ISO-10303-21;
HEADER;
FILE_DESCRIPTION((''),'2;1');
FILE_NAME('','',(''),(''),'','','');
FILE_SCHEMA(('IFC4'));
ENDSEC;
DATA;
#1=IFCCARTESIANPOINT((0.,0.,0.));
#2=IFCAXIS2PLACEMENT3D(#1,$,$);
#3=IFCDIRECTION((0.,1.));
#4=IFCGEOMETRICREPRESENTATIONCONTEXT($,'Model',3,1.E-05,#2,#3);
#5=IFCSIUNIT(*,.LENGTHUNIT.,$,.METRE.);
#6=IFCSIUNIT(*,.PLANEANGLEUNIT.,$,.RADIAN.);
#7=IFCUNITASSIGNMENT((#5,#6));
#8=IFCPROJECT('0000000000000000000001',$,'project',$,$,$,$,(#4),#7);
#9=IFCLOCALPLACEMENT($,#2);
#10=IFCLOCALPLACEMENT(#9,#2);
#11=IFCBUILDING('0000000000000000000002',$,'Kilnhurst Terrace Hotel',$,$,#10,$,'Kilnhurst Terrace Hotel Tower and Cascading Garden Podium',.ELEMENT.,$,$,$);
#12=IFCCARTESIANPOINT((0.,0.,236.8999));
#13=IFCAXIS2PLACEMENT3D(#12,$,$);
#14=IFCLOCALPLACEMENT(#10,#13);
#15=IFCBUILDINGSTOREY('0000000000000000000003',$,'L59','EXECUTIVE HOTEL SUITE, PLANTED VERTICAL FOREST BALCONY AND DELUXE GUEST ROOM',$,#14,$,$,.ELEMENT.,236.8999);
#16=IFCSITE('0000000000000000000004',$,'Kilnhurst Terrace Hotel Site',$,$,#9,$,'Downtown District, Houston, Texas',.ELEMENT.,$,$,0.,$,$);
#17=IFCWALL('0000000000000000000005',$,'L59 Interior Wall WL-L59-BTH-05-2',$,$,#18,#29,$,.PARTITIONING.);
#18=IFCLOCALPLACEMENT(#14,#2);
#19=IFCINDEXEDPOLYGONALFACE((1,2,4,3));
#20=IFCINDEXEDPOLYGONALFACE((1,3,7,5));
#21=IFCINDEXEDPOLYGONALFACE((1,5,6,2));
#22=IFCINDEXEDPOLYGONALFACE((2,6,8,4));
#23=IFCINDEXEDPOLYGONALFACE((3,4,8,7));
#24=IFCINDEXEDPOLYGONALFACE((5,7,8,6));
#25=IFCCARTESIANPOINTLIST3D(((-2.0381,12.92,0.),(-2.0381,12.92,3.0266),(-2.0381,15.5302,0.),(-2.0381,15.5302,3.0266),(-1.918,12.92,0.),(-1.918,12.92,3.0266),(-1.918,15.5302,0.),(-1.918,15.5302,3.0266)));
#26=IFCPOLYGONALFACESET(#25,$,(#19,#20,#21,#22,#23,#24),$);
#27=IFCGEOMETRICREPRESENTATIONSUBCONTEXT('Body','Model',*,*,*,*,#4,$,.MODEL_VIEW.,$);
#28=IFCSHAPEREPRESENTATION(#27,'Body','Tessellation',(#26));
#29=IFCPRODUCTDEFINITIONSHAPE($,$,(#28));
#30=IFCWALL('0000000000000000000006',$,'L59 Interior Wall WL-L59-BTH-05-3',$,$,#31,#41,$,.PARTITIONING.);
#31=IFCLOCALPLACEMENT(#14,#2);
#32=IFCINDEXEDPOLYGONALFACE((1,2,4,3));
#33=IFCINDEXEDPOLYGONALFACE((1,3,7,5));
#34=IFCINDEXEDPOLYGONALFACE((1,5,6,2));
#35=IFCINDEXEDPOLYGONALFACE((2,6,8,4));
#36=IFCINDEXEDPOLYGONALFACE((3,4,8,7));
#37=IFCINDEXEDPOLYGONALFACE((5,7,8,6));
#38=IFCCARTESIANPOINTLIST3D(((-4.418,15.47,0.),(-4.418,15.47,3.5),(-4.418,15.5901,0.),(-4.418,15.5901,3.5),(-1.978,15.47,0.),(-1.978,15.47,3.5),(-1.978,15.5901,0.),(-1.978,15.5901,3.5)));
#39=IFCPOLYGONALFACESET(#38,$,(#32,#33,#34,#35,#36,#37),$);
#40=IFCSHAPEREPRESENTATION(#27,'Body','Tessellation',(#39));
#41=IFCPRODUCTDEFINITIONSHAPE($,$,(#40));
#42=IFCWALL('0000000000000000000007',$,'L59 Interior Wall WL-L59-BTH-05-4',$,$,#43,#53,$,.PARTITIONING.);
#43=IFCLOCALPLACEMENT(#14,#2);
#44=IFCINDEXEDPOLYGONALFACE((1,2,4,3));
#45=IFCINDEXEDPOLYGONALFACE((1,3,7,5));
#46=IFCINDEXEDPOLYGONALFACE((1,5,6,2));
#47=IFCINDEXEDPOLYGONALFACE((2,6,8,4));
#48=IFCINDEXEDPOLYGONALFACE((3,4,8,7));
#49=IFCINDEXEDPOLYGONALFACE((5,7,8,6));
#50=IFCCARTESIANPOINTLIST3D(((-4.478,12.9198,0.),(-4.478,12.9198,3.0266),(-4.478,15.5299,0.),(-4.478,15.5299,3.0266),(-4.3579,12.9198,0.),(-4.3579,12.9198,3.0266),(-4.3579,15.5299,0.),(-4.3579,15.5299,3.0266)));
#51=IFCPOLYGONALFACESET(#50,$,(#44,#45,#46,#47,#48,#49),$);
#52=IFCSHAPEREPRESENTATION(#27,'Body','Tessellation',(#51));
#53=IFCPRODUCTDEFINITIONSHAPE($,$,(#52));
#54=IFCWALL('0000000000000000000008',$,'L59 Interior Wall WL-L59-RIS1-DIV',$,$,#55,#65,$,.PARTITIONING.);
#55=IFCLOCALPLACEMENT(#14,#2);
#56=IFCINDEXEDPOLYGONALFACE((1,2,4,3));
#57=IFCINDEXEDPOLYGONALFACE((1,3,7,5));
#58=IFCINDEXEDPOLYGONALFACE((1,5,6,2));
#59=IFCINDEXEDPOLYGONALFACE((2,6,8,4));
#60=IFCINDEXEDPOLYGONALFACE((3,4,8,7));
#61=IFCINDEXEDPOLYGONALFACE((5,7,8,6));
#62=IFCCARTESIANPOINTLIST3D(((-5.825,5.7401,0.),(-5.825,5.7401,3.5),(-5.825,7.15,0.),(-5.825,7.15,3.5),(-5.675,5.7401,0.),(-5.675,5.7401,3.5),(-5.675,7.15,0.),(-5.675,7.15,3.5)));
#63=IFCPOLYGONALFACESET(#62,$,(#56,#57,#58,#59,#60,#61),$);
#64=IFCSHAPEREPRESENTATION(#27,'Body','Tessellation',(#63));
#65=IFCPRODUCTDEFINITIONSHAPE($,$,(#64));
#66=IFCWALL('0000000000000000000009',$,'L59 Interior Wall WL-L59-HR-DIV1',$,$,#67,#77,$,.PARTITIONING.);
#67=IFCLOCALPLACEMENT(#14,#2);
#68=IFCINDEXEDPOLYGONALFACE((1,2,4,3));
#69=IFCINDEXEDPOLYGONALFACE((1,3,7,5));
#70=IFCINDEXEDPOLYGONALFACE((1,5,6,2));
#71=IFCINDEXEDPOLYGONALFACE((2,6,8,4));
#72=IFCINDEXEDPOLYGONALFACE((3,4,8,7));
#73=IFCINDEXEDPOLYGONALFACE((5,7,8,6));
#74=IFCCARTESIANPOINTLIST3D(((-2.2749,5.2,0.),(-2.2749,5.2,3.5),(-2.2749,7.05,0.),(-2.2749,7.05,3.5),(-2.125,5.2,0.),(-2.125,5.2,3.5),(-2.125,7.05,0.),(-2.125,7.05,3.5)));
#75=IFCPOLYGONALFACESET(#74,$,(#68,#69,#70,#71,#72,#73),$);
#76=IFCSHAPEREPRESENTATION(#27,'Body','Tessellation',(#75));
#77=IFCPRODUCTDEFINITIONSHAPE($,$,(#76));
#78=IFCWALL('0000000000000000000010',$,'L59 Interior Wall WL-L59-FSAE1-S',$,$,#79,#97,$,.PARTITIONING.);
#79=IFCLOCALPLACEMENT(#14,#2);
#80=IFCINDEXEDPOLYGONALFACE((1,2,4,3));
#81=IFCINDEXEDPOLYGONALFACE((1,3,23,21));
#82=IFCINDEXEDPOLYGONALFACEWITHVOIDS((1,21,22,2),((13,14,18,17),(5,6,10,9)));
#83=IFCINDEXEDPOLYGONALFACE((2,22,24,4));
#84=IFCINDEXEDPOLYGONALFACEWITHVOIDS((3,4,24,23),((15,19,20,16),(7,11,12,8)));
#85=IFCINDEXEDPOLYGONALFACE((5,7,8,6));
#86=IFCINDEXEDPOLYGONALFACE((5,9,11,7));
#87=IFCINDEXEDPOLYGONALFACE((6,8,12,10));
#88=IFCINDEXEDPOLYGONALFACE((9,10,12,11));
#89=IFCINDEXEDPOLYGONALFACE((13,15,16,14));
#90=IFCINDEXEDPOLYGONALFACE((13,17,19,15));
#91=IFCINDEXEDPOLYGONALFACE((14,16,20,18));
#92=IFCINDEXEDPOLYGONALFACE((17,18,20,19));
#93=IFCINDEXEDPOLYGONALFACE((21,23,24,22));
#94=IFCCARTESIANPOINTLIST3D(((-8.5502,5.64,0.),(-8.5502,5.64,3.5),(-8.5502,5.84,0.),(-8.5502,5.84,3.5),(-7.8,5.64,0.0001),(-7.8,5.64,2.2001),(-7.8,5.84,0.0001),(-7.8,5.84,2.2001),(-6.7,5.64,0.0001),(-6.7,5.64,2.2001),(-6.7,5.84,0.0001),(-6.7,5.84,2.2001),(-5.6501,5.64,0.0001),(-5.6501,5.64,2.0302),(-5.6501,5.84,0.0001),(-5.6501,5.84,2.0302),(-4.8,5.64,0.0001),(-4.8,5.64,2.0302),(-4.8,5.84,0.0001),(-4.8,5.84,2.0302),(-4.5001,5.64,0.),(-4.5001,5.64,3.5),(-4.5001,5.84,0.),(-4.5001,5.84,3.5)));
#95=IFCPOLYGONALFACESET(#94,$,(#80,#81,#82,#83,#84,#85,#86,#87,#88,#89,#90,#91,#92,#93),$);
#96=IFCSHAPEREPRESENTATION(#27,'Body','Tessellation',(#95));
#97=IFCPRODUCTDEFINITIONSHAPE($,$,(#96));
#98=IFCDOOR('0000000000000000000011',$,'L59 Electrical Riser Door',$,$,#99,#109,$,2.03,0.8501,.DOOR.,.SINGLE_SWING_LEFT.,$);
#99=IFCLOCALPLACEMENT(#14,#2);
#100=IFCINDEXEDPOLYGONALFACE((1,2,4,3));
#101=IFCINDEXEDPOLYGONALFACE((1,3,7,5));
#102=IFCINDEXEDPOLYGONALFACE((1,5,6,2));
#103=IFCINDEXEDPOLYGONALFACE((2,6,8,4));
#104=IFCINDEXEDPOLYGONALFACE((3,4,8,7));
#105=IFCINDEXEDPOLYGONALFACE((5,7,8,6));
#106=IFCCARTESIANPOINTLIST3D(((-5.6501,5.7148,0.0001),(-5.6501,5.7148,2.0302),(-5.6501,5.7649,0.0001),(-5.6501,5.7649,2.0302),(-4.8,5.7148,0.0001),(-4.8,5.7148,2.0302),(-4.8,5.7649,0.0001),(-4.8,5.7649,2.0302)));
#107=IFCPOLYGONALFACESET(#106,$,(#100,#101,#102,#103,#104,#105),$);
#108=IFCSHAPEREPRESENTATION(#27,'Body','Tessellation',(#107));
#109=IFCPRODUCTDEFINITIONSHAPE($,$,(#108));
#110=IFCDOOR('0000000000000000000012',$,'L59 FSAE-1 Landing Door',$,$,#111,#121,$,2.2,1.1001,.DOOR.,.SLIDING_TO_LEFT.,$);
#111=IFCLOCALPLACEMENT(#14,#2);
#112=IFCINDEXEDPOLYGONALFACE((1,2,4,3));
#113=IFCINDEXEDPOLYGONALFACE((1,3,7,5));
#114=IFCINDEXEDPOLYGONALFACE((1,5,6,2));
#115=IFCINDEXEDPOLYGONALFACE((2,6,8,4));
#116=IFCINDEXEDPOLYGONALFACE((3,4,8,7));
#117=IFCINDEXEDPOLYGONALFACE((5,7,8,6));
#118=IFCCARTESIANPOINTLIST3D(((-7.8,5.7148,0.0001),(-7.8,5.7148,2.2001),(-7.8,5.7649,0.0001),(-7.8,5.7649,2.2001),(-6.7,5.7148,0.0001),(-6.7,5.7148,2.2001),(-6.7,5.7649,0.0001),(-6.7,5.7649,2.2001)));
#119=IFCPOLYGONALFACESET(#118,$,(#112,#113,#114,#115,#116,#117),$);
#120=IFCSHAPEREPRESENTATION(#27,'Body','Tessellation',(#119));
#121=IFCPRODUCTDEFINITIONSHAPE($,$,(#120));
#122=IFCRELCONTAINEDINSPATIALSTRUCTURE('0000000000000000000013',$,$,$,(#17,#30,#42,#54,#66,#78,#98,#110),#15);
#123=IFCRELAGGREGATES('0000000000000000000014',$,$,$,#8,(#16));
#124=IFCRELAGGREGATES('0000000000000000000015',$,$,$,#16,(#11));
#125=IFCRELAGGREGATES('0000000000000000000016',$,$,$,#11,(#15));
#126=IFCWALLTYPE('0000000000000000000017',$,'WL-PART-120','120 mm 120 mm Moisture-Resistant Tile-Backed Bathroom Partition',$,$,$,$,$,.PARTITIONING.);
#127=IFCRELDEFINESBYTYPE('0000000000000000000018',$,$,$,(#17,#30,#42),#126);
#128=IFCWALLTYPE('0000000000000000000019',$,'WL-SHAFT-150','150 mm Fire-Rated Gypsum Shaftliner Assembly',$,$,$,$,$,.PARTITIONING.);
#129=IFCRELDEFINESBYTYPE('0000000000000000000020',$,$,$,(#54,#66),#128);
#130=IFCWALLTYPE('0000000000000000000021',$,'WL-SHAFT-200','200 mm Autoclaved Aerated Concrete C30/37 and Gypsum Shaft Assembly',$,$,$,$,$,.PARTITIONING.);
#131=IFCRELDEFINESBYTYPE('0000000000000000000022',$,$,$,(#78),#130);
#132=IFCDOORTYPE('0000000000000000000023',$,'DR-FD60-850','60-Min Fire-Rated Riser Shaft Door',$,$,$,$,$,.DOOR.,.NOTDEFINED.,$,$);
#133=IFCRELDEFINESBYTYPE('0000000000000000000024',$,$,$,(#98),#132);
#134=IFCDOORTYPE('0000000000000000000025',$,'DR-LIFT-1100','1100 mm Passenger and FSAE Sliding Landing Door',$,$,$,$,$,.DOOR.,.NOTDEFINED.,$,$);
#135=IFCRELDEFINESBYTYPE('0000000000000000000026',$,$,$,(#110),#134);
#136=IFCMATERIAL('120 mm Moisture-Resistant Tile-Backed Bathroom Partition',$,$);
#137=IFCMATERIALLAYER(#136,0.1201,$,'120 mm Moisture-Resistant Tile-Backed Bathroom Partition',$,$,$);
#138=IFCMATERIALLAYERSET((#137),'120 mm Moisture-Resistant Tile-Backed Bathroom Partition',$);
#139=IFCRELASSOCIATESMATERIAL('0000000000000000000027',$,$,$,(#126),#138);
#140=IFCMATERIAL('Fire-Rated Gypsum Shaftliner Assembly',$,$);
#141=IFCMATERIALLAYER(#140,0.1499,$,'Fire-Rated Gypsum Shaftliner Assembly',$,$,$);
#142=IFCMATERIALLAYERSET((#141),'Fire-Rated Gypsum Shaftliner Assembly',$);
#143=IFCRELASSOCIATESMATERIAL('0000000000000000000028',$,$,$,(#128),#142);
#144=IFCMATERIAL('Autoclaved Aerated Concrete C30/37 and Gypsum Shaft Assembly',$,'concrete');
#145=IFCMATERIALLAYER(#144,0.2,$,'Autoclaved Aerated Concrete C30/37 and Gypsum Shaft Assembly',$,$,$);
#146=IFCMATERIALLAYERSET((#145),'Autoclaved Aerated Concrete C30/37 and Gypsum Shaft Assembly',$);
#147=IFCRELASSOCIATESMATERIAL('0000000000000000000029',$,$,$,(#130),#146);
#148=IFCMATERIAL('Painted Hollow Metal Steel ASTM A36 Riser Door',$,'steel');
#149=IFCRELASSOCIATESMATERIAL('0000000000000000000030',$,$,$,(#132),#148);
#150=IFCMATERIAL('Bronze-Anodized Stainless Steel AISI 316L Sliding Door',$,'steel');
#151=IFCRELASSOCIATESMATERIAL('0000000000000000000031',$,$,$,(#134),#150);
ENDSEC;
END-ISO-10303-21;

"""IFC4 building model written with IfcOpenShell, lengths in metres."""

from ifc_helpers import new_model, si_unit, direction, frame, frame_2d, origin, place, context, subcontext, project, spatial, rectangle, extrude, material, layer, layer_set, type_object, element, fill, save


model = new_model("IFC4")

# Units and contexts
model_context = context("Model", 3, precision=1e-05, world=origin(), true_north=direction((0.0, 1.0)))
body_context = subcontext(model_context, "Body", "Model", "MODEL_VIEW")
ifc_project = project(units=[si_unit("LENGTHUNIT", "METRE"), si_unit("PLANEANGLEUNIT", "RADIAN")], contexts=[model_context])

# Site, building, storey
site_placement = place(None, origin())
site = spatial("IfcSite", under=ifc_project, at=site_placement, Name="Kilnhurst Terrace Hotel Site", LongName="Downtown District, Houston, Texas", CompositionType="ELEMENT", RefElevation=0.0)
building_placement = place(site_placement, origin())
building = spatial("IfcBuilding", under=site, at=building_placement, Name="Kilnhurst Terrace Hotel", LongName="Kilnhurst Terrace Hotel Tower and Cascading Garden Podium", CompositionType="ELEMENT")
storey_placement = place(building_placement, frame((0.0, 0.0, 236.8999)))
storey = spatial("IfcBuildingStorey", under=building, at=storey_placement, Name="L59", Description="EXECUTIVE HOTEL SUITE, PLANTED VERTICAL FOREST BALCONY AND DELUXE GUEST ROOM", CompositionType="ELEMENT", Elevation=236.8999)

# Shared definitions
ifc_material_1 = material(Name="120 mm Moisture-Resistant Tile-Backed Bathroom Partition")
ifc_layer_1 = layer(ifc_material_1, 0.1201, Name="120 mm Moisture-Resistant Tile-Backed Bathroom Partition")
ifc_layer_set_1 = layer_set([ifc_layer_1], Name="120 mm Moisture-Resistant Tile-Backed Bathroom Partition")
wall_type_1 = type_object("IfcWallType", Name="WL-PART-120", Description="120 mm 120 mm Moisture-Resistant Tile-Backed Bathroom Partition", PredefinedType="PARTITIONING", material=ifc_layer_set_1)

# Walls
wall_1_placement = place(storey_placement, frame((-1.978, 12.9199, 0.0), z_axis=(0.0, 0.0, 1.0), x_axis=(0.0, 1.0, 0.0)))
element("IfcWall", 1, at=wall_1_placement, inside=storey, type_object=wall_type_1, Name="L59 Interior Wall WL-L59-BTH-05-2", PredefinedType="PARTITIONING", context=body_context, shape_type="SweptSolid", body=[
    extrude(rectangle(XDim=2.6101, YDim=0.1201, at=frame_2d((1.3052, 0.0))), origin(), (0.0, 0.0, 1.0), 3.0266),
])
wall_2_placement = place(storey_placement, frame((-1.978, 15.53, 0.0), z_axis=(0.0, 0.0, 1.0), x_axis=(-1.0, 0.0, 0.0)))
element("IfcWall", 2, at=wall_2_placement, inside=storey, type_object=wall_type_1, Name="L59 Interior Wall WL-L59-BTH-05-3", PredefinedType="PARTITIONING", context=body_context, shape_type="SweptSolid", body=[
    extrude(rectangle(XDim=2.4399, YDim=0.1201, at=frame_2d((1.22, 0.0))), origin(), (0.0, 0.0, 1.0), 3.5),
])
wall_3_placement = place(storey_placement, frame((-4.418, 15.53, 0.0), z_axis=(0.0, 0.0, 1.0), x_axis=(0.0, -1.0, 0.0)))
element("IfcWall", 3, at=wall_3_placement, inside=storey, type_object=wall_type_1, Name="L59 Interior Wall WL-L59-BTH-05-4", PredefinedType="PARTITIONING", context=body_context, shape_type="SweptSolid", body=[
    extrude(rectangle(XDim=2.6101, YDim=0.1201, at=frame_2d((1.3052, 0.0))), origin(), (0.0, 0.0, 1.0), 3.0266),
])
ifc_material_2 = material(Name="Fire-Rated Gypsum Shaftliner Assembly")
ifc_layer_2 = layer(ifc_material_2, 0.1499, Name="Fire-Rated Gypsum Shaftliner Assembly")
ifc_layer_set_2 = layer_set([ifc_layer_2], Name="Fire-Rated Gypsum Shaftliner Assembly")
wall_type_2 = type_object("IfcWallType", Name="WL-SHAFT-150", Description="150 mm Fire-Rated Gypsum Shaftliner Assembly", PredefinedType="PARTITIONING", material=ifc_layer_set_2)
wall_4_placement = place(storey_placement, frame((-5.75, 5.74, 0.0), z_axis=(0.0, 0.0, 1.0), x_axis=(0.0, 1.0, 0.0)))
element("IfcWall", 4, at=wall_4_placement, inside=storey, type_object=wall_type_2, Name="L59 Interior Wall WL-L59-RIS1-DIV", PredefinedType="PARTITIONING", context=body_context, shape_type="SweptSolid", body=[
    extrude(rectangle(XDim=1.4099, YDim=0.1499, at=frame_2d((0.7051, 0.0))), origin(), (0.0, 0.0, 1.0), 3.5),
])
wall_5_placement = place(storey_placement, frame((-2.2, 5.2, 0.0), z_axis=(0.0, 0.0, 1.0), x_axis=(0.0, 1.0, 0.0)))
element("IfcWall", 5, at=wall_5_placement, inside=storey, type_object=wall_type_2, Name="L59 Interior Wall WL-L59-HR-DIV1", PredefinedType="PARTITIONING", context=body_context, shape_type="SweptSolid", body=[
    extrude(rectangle(XDim=1.8501, YDim=0.1499, at=frame_2d((0.925, 0.0))), origin(), (0.0, 0.0, 1.0), 3.5),
])

# Wall, openings, doors
ifc_material_3 = material(Name="Autoclaved Aerated Concrete C30/37 and Gypsum Shaft Assembly", Category="concrete")
ifc_layer_3 = layer(ifc_material_3, 0.2, Name="Autoclaved Aerated Concrete C30/37 and Gypsum Shaft Assembly")
ifc_layer_set_3 = layer_set([ifc_layer_3], Name="Autoclaved Aerated Concrete C30/37 and Gypsum Shaft Assembly")
wall_type_3 = type_object("IfcWallType", Name="WL-SHAFT-200", Description="200 mm Autoclaved Aerated Concrete C30/37 and Gypsum Shaft Assembly", PredefinedType="PARTITIONING", material=ifc_layer_set_3)
wall_6_placement = place(storey_placement, frame((-8.55, 5.74, 0.0), z_axis=(0.0, 0.0, 1.0), x_axis=(1.0, 0.0, 0.0)))
wall_6 = element("IfcWall", 6, at=wall_6_placement, inside=storey, type_object=wall_type_3, Name="L59 Interior Wall WL-L59-FSAE1-S", PredefinedType="PARTITIONING", context=body_context, shape_type="SweptSolid", body=[
    extrude(rectangle(XDim=4.05, YDim=0.2, at=frame_2d((2.0249, 0.0))), origin(), (0.0, 0.0, 1.0), 3.5),
])
opening_1_placement = place(wall_6_placement, frame((0.75, 0.0, 0.0)))
opening_1 = element("IfcOpeningElement", 7, at=opening_1_placement, cuts=wall_6, PredefinedType="OPENING", context=body_context, shape_type="SweptSolid", body=[
    extrude(rectangle(XDim=1.1001, YDim=2.2, at=frame_2d((0.55, 1.1001))), frame((0.0, 0.1099, 0.0), z_axis=(0.0, -1.0, 0.0), x_axis=(1.0, 0.0, 0.0)), (0.0, 0.0, 1.0), 0.22),
])
opening_2_placement = place(wall_6_placement, frame((2.8999, 0.0, 0.0)))
opening_2 = element("IfcOpeningElement", 8, at=opening_2_placement, cuts=wall_6, PredefinedType="OPENING", context=body_context, shape_type="SweptSolid", body=[
    extrude(rectangle(XDim=0.8501, YDim=2.03, at=frame_2d((0.425, 1.0151))), frame((0.0, 0.1099, 0.0), z_axis=(0.0, -1.0, 0.0), x_axis=(1.0, 0.0, 0.0)), (0.0, 0.0, 1.0), 0.22),
])
ifc_material_4 = material(Name="Painted Hollow Metal Steel ASTM A36 Riser Door", Category="steel")
door_type_1 = type_object("IfcDoorType", Name="DR-FD60-850", Description="60-Min Fire-Rated Riser Shaft Door", OperationType="NOTDEFINED", PredefinedType="DOOR", material=ifc_material_4)
door_1_placement = place(opening_2_placement, origin())
door_1 = element("IfcDoor", 9, at=door_1_placement, inside=storey, type_object=door_type_1, Name="L59 Electrical Riser Door", OperationType="SINGLE_SWING_LEFT", OverallHeight=2.03, OverallWidth=0.8501, PredefinedType="DOOR", context=body_context, shape_type="SweptSolid", body=[
    extrude(rectangle(XDim=0.8501, YDim=2.03, at=frame_2d((0.425, 1.0151))), frame((0.0, 0.0249, 0.0), z_axis=(0.0, -1.0, 0.0), x_axis=(1.0, 0.0, 0.0)), (0.0, 0.0, 1.0), 0.05),
])
fill(opening_2, door_1)
ifc_material_5 = material(Name="Bronze-Anodized Stainless Steel AISI 316L Sliding Door", Category="steel")
door_type_2 = type_object("IfcDoorType", Name="DR-LIFT-1100", Description="1100 mm Passenger and FSAE Sliding Landing Door", OperationType="NOTDEFINED", PredefinedType="DOOR", material=ifc_material_5)
door_2_placement = place(opening_1_placement, origin())
door_2 = element("IfcDoor", 10, at=door_2_placement, inside=storey, type_object=door_type_2, Name="L59 FSAE-1 Landing Door", OperationType="SLIDING_TO_LEFT", OverallHeight=2.2, OverallWidth=1.1001, PredefinedType="DOOR", context=body_context, shape_type="SweptSolid", body=[
    extrude(rectangle(XDim=1.1001, YDim=2.2, at=frame_2d((0.55, 1.1001))), frame((0.0, 0.0249, 0.0), z_axis=(0.0, -1.0, 0.0), x_axis=(1.0, 0.0, 0.0)), (0.0, 0.0, 1.0), 0.05),
])
fill(opening_1, door_2)

save(model, "model.ifc")
